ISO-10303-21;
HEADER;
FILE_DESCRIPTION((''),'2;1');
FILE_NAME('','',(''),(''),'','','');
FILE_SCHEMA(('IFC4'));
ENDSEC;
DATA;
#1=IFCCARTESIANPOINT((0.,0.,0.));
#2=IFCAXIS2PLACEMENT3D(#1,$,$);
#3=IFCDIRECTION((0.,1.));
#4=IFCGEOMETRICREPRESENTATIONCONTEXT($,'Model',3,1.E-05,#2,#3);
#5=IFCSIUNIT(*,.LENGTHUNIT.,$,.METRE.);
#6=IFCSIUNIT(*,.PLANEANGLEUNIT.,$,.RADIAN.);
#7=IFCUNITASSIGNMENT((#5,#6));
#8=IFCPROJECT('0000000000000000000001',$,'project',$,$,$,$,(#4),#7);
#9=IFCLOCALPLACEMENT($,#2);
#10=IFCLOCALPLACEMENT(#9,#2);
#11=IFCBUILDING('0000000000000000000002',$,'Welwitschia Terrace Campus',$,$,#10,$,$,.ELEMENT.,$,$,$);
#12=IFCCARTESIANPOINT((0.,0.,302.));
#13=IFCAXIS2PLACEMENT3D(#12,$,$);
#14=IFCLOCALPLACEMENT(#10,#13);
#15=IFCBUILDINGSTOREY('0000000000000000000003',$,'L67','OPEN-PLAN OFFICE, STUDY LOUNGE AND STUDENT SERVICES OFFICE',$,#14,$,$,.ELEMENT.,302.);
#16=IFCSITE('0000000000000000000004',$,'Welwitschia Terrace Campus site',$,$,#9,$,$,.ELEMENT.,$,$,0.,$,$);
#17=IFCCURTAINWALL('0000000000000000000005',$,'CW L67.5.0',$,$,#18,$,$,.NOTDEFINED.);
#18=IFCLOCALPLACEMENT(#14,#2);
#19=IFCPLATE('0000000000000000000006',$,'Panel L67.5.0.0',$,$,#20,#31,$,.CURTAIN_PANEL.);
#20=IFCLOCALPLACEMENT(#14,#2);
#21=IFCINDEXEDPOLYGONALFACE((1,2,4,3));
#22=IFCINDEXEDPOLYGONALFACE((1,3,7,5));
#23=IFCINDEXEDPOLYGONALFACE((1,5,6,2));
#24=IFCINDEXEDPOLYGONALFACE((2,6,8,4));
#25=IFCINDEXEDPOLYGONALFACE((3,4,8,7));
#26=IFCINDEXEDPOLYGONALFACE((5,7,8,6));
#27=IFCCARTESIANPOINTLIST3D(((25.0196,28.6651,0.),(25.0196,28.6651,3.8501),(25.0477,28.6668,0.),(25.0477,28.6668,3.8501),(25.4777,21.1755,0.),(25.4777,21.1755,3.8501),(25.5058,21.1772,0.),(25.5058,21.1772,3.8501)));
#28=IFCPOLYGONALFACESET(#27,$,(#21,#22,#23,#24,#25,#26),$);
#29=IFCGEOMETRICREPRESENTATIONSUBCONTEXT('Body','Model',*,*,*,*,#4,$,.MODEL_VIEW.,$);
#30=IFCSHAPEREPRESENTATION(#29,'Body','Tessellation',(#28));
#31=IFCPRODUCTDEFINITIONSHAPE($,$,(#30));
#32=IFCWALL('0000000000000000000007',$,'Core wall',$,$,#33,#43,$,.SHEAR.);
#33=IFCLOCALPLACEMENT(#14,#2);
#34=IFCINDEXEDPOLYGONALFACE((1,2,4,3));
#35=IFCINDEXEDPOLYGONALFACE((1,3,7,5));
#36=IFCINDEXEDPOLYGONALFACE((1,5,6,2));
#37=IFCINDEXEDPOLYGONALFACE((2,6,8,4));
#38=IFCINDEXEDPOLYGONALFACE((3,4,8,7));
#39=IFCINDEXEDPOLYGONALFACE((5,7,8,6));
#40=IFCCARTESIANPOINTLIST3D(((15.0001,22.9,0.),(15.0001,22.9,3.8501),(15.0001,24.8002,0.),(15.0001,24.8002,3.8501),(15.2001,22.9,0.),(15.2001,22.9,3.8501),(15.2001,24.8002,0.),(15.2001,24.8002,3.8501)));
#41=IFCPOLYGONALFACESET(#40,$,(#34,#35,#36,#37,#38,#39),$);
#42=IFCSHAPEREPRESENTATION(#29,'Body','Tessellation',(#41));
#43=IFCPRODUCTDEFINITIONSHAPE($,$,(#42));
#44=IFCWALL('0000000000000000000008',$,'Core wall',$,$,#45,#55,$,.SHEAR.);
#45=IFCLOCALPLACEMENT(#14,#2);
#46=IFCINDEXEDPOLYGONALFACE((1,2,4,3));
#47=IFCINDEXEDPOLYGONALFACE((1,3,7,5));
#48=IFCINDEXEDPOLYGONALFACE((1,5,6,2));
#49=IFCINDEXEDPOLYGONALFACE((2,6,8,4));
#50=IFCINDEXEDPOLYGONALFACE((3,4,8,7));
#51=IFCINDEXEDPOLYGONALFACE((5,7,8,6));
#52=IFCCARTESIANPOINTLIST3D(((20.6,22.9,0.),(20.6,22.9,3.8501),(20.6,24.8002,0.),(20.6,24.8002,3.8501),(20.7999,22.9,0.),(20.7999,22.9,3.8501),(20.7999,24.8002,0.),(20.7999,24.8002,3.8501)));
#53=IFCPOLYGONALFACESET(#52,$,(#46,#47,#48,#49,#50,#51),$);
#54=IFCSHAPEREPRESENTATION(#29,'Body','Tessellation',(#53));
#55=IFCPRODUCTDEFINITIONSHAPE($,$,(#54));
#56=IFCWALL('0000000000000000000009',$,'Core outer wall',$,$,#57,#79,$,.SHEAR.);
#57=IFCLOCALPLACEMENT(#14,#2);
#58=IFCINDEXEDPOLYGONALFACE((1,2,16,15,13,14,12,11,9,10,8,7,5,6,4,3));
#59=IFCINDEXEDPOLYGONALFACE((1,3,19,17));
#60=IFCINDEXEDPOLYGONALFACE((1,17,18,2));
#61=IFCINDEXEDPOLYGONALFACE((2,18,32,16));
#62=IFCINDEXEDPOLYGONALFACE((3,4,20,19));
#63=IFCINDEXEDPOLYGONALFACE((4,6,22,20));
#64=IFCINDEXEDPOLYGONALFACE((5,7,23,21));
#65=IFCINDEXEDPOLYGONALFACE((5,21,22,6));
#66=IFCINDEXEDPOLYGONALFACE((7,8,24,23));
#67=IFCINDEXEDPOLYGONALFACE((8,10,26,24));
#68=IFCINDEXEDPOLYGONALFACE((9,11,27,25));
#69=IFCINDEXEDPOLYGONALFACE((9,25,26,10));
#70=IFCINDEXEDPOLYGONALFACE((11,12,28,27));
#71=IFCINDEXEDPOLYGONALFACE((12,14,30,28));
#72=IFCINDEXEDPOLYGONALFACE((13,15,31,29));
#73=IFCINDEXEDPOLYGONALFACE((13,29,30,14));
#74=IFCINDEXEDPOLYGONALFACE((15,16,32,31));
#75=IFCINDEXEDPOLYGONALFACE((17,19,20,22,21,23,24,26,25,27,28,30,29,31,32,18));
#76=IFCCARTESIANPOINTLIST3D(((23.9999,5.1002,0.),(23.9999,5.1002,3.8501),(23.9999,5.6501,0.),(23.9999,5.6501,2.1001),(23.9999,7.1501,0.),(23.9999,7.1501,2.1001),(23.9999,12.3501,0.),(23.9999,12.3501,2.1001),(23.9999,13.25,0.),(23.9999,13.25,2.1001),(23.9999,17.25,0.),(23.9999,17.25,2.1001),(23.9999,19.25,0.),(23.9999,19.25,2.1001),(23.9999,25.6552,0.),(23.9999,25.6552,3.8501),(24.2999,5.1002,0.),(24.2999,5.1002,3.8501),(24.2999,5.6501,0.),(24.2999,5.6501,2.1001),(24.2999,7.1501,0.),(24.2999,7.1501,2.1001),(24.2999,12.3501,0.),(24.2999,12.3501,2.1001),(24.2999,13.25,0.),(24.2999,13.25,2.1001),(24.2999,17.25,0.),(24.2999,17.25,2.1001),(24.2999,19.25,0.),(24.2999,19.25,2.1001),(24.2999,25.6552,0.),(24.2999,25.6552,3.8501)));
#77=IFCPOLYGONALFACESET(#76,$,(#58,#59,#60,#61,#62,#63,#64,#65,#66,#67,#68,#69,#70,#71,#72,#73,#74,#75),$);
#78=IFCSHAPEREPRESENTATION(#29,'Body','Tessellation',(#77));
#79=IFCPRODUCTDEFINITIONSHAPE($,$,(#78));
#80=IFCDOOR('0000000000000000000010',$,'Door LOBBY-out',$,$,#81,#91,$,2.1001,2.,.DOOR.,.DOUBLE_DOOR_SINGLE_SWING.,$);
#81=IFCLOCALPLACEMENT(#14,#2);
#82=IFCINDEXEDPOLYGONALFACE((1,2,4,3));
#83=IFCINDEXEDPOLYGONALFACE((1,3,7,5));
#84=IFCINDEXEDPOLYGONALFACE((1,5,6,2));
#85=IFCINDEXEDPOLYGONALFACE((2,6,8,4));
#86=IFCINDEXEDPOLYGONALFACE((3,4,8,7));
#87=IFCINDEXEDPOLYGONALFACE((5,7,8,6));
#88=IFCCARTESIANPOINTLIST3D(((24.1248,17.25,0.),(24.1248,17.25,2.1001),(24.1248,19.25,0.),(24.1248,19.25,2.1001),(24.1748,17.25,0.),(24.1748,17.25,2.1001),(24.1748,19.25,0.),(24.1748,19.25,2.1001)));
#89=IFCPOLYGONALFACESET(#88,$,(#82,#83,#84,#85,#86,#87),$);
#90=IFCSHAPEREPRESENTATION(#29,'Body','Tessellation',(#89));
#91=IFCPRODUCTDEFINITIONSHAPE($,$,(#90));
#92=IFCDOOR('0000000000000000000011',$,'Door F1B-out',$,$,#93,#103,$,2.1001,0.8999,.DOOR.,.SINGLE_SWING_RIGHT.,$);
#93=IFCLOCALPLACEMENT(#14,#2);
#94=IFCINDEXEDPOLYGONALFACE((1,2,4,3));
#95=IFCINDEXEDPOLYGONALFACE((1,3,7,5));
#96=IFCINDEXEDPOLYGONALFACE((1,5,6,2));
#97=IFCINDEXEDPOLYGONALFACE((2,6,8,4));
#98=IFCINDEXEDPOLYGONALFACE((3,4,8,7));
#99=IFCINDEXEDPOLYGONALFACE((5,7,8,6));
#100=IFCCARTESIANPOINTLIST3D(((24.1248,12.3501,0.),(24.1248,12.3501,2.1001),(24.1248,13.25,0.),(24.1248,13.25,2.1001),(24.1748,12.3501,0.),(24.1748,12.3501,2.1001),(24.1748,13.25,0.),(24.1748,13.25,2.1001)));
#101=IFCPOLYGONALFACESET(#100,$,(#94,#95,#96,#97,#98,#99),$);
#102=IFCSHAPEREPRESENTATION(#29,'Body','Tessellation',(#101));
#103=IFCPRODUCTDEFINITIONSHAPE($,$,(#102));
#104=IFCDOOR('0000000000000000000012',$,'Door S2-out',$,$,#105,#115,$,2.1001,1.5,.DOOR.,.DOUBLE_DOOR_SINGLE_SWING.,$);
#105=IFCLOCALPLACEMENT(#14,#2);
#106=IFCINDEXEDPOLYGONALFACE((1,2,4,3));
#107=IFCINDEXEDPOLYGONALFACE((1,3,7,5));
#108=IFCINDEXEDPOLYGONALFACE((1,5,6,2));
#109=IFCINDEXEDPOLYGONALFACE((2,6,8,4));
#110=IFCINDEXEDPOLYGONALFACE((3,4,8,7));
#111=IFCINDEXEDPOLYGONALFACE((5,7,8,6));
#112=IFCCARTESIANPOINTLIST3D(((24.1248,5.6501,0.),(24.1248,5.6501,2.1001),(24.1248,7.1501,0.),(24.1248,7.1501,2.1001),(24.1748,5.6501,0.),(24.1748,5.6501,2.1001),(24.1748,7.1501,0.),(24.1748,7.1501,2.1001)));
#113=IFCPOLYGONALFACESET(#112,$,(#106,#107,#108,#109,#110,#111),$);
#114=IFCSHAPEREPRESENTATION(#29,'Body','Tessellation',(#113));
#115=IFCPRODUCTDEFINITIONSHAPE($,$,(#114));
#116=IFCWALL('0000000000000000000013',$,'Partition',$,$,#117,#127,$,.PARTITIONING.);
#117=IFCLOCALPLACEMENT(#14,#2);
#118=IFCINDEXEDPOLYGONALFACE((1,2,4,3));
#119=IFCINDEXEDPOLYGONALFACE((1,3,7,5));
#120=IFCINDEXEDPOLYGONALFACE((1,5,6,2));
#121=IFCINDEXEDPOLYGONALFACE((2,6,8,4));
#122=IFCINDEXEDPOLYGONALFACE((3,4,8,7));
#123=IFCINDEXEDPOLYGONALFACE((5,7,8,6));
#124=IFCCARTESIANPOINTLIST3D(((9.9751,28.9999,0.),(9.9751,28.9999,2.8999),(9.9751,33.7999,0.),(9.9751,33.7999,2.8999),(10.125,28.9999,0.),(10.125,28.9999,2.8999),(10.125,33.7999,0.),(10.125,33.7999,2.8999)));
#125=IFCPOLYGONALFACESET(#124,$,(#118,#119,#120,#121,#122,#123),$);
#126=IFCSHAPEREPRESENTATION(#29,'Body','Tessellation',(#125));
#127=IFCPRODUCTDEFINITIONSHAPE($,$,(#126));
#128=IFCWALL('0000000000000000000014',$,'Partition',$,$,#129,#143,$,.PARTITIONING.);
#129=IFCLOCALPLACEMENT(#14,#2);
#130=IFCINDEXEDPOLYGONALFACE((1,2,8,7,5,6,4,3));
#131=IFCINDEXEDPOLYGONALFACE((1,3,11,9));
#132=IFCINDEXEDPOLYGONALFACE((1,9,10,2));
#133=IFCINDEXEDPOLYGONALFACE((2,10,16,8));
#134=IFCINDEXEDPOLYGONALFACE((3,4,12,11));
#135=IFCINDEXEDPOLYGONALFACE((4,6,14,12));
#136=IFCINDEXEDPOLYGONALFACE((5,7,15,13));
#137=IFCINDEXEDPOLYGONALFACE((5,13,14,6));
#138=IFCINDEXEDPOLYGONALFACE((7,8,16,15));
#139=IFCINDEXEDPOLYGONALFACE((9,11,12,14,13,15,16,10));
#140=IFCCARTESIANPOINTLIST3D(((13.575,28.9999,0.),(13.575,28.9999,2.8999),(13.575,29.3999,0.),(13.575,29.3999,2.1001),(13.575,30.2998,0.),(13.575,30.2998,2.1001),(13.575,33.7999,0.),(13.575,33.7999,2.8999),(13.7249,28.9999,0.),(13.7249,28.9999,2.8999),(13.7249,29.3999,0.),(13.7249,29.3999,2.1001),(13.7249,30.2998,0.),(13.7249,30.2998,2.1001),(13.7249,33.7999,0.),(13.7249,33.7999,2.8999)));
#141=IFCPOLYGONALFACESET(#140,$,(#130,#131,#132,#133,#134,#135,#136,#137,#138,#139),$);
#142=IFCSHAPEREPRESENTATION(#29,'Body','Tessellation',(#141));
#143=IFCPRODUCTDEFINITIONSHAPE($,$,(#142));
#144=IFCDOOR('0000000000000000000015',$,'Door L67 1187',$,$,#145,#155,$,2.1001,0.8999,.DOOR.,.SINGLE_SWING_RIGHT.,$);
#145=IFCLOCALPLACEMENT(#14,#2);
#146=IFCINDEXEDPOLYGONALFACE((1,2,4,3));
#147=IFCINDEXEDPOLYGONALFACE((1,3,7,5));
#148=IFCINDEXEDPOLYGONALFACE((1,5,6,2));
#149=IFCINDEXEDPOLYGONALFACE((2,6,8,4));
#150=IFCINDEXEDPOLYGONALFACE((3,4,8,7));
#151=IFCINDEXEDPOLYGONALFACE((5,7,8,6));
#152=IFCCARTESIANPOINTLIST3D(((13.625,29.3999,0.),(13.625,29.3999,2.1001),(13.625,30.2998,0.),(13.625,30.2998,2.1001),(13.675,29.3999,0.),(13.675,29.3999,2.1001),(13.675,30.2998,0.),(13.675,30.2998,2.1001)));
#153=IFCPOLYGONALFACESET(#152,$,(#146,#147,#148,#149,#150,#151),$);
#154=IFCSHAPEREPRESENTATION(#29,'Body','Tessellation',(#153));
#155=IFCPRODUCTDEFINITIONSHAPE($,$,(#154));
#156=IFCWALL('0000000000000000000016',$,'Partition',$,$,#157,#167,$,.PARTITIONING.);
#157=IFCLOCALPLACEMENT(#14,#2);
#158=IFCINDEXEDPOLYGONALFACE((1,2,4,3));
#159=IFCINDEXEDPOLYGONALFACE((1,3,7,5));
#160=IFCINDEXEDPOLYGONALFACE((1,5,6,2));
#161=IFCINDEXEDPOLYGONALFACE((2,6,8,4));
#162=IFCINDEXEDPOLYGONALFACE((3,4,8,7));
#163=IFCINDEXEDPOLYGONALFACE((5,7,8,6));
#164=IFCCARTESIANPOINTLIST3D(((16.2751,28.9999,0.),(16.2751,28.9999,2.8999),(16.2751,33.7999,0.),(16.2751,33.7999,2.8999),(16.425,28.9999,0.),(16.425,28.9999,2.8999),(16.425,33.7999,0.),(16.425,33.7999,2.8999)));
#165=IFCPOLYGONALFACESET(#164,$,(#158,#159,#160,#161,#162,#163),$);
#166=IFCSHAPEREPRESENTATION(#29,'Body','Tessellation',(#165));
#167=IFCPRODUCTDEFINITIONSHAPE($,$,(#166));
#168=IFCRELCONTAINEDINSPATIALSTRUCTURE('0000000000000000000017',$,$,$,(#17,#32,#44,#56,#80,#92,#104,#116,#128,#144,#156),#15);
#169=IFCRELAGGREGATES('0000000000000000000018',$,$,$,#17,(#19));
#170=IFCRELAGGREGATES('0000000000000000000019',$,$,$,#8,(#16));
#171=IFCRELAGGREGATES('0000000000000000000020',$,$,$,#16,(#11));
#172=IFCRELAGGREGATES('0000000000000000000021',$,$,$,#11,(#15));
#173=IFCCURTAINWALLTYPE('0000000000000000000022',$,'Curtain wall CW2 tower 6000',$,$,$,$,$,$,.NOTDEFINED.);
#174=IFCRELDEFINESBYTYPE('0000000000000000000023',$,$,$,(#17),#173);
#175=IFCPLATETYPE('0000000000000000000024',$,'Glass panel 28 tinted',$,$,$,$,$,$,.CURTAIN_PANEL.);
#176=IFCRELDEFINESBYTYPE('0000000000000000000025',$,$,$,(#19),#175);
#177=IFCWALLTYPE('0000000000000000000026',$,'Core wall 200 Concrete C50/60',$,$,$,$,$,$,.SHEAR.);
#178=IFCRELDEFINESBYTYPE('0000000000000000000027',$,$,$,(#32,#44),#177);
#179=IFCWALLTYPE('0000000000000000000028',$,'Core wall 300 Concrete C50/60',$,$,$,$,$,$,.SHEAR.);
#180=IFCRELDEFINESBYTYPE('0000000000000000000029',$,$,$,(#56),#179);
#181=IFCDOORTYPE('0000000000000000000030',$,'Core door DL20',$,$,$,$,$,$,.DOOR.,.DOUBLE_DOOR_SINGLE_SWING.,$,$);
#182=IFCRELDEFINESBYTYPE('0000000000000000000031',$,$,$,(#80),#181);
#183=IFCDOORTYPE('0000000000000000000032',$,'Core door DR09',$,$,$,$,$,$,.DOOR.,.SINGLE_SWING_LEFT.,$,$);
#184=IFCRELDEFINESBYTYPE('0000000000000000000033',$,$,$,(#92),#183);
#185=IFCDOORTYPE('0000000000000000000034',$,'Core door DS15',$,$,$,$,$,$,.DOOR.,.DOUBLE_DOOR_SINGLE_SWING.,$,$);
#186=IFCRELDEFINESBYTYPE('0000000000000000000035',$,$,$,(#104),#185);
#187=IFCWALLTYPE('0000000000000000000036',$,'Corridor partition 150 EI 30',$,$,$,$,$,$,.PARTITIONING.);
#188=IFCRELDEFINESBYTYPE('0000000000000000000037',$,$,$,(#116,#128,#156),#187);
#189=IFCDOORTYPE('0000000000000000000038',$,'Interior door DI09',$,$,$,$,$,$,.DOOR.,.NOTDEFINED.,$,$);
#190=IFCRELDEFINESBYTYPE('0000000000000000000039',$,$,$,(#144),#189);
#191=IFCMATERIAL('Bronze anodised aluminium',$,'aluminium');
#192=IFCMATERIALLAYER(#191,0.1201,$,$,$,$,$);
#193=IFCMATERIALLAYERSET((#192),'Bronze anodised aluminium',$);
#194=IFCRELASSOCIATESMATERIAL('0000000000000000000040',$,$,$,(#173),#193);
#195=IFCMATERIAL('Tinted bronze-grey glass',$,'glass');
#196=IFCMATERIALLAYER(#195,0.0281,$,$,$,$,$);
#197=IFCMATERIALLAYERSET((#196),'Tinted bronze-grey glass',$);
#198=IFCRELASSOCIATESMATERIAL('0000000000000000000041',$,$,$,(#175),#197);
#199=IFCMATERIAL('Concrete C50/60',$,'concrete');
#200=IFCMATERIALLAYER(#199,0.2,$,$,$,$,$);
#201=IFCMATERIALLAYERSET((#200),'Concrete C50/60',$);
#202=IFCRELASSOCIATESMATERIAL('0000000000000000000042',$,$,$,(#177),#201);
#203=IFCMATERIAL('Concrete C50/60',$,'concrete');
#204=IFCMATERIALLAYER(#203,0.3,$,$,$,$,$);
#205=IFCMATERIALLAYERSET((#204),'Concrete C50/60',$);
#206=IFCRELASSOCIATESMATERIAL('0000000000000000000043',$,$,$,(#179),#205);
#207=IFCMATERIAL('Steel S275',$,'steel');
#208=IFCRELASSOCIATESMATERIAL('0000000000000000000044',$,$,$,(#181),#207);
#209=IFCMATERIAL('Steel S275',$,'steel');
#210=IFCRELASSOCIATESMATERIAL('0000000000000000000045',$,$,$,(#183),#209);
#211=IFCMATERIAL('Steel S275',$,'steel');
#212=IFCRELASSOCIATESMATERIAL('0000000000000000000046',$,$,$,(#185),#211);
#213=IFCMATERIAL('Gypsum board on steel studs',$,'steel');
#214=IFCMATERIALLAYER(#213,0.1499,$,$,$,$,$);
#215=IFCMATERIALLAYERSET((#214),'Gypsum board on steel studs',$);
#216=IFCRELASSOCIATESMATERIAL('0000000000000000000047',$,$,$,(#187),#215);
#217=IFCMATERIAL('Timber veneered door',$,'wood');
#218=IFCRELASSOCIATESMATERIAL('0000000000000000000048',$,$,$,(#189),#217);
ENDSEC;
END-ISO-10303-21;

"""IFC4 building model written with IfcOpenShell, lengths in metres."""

from ifc_helpers import new_model, si_unit, direction, frame, frame_2d, origin, origin_2d, place, context, subcontext, project, spatial, rectangle, extrude, material, layer, layer_set, type_object, element, fill, aggregate, save


model = new_model("IFC4")

# Units and contexts
model_context = context("Model", 3, precision=1e-05, world=origin(), true_north=direction((0.0, 1.0)))
body_context = subcontext(model_context, "Body", "Model", "MODEL_VIEW")
ifc_project = project(units=[si_unit("LENGTHUNIT", "METRE"), si_unit("PLANEANGLEUNIT", "RADIAN")], contexts=[model_context])

# Site, building, storey
site_placement = place(None, origin())
site = spatial("IfcSite", under=ifc_project, at=site_placement, Name="Welwitschia Terrace Campus site", CompositionType="ELEMENT", RefElevation=0.0)
building_placement = place(site_placement, origin())
building = spatial("IfcBuilding", under=site, at=building_placement, Name="Welwitschia Terrace Campus", CompositionType="ELEMENT")
storey_placement = place(building_placement, frame((0.0, 0.0, 302.0)))
storey = spatial("IfcBuildingStorey", under=building, at=storey_placement, Name="L67", Description="OPEN-PLAN OFFICE, STUDY LOUNGE AND STUDENT SERVICES OFFICE", CompositionType="ELEMENT", Elevation=302.0)

# Curtain wall
ifc_material_1 = material(Name="Bronze anodised aluminium", Category="aluminium")
ifc_layer_1 = layer(ifc_material_1, 0.1201)
ifc_layer_set_1 = layer_set([ifc_layer_1], Name="Bronze anodised aluminium")
curtain_wall_type = type_object("IfcCurtainWallType", Name="Curtain wall CW2 tower 6000", PredefinedType="NOTDEFINED", material=ifc_layer_set_1)
curtain_wall_1_placement = place(storey_placement, origin())
curtain_wall_1 = element("IfcCurtainWall", 1, at=curtain_wall_1_placement, inside=storey, type_object=curtain_wall_type, Name="CW L67.5.0", PredefinedType="NOTDEFINED")

# Plate
ifc_material_2 = material(Name="Tinted bronze-grey glass", Category="glass")
ifc_layer_2 = layer(ifc_material_2, 0.0281)
ifc_layer_set_2 = layer_set([ifc_layer_2], Name="Tinted bronze-grey glass")
plate_type = type_object("IfcPlateType", Name="Glass panel 28 tinted", PredefinedType="CURTAIN_PANEL", material=ifc_layer_set_2)
plate_placement = place(storey_placement, frame((25.2627, 24.9211, 0.0), z_axis=(0.0, 0.0, 1.0), x_axis=(-0.061049, 0.998135, 0.0)))
plate = element("IfcPlate", 2, at=plate_placement, type_object=plate_type, Name="Panel L67.5.0.0", PredefinedType="CURTAIN_PANEL", context=body_context, shape_type="SweptSolid", body=[
    extrude(rectangle(XDim=7.5037, YDim=0.0281, at=origin_2d()), origin(), (0.0, 0.0, 1.0), 3.8501),
])
aggregate(curtain_wall_1, [plate])

# Walls
ifc_material_3 = material(Name="Concrete C50/60", Category="concrete")
ifc_layer_3 = layer(ifc_material_3, 0.2)
ifc_layer_set_3 = layer_set([ifc_layer_3], Name="Concrete C50/60")
wall_type_1 = type_object("IfcWallType", Name="Core wall 200 Concrete C50/60", PredefinedType="SHEAR", material=ifc_layer_set_3)
for number, where, z_axis, x_axis, name in (
    (3, (15.1001, 22.8999, 0.0), (0.0, 0.0, 1.0), (0.0, 1.0, 0.0), "Core wall"),
    (4, (20.7, 22.8999, 0.0), (0.0, 0.0, 1.0), (0.0, 1.0, 0.0), "Core wall"),
):
    element("IfcWall", number, at=place(storey_placement, frame(where, z_axis=z_axis, x_axis=x_axis)), inside=storey, type_object=wall_type_1, Name=name, PredefinedType="SHEAR", context=body_context, shape_type="SweptSolid", body=[
        extrude(rectangle(XDim=1.9001, YDim=0.2, at=frame_2d((0.9502, 0.0))), origin(), (0.0, 0.0, 1.0), 3.8501),
    ])

# Wall, openings, doors
ifc_material_4 = material(Name="Concrete C50/60", Category="concrete")
ifc_layer_4 = layer(ifc_material_4, 0.3)
ifc_layer_set_4 = layer_set([ifc_layer_4], Name="Concrete C50/60")
wall_type_2 = type_object("IfcWallType", Name="Core wall 300 Concrete C50/60", PredefinedType="SHEAR", material=ifc_layer_set_4)
wall_1_placement = place(storey_placement, frame((24.1499, 25.655, 0.0), z_axis=(0.0, 0.0, 1.0), x_axis=(0.0, -1.0, 0.0)))
wall_1 = element("IfcWall", 5, at=wall_1_placement, inside=storey, type_object=wall_type_2, Name="Core outer wall", PredefinedType="SHEAR", context=body_context, shape_type="SweptSolid", body=[
    extrude(rectangle(XDim=20.5549, YDim=0.3, at=frame_2d((10.2773, 0.0))), origin(), (0.0, 0.0, 1.0), 3.8501),
])
opening_1_placement = place(wall_1_placement, frame((18.5049, 0.0, 0.0)))
opening_1 = element("IfcOpeningElement", 6, at=opening_1_placement, cuts=wall_1, PredefinedType="OPENING", context=body_context, shape_type="SweptSolid", body=[
    extrude(rectangle(XDim=1.5, YDim=2.1001, at=frame_2d((0.75, 1.05))), frame((0.0, 0.1599, 0.0), z_axis=(0.0, -1.0, 0.0), x_axis=(1.0, 0.0, 0.0)), (0.0, 0.0, 1.0), 0.3201),
])
opening_2_placement = place(wall_1_placement, frame((12.405, 0.0, 0.0)))
opening_2 = element("IfcOpeningElement", 7, at=opening_2_placement, cuts=wall_1, PredefinedType="OPENING", context=body_context, shape_type="SweptSolid", body=[
    extrude(rectangle(XDim=0.8999, YDim=2.1001, at=frame_2d((0.45, 1.05))), frame((0.0, 0.1599, 0.0), z_axis=(0.0, -1.0, 0.0), x_axis=(1.0, 0.0, 0.0)), (0.0, 0.0, 1.0), 0.3201),
])
opening_3_placement = place(wall_1_placement, frame((6.405, 0.0, 0.0)))
opening_3 = element("IfcOpeningElement", 8, at=opening_3_placement, cuts=wall_1, PredefinedType="OPENING", context=body_context, shape_type="SweptSolid", body=[
    extrude(rectangle(XDim=2.0, YDim=2.1001, at=frame_2d((1.0, 1.05))), frame((0.0, 0.1599, 0.0), z_axis=(0.0, -1.0, 0.0), x_axis=(1.0, 0.0, 0.0)), (0.0, 0.0, 1.0), 0.3201),
])
ifc_material_5 = material(Name="Steel S275", Category="steel")
door_type_1 = type_object("IfcDoorType", Name="Core door DL20", OperationType="DOUBLE_DOOR_SINGLE_SWING", PredefinedType="DOOR", material=ifc_material_5)
door_1_placement = place(opening_3_placement, origin())
door_1 = element("IfcDoor", 9, at=door_1_placement, inside=storey, type_object=door_type_1, Name="Door LOBBY-out", OperationType="DOUBLE_DOOR_SINGLE_SWING", OverallHeight=2.1001, OverallWidth=2.0, PredefinedType="DOOR", context=body_context, shape_type="SweptSolid", body=[
    extrude(rectangle(XDim=2.0, YDim=2.1001, at=frame_2d((1.0, 1.05))), frame((0.0, 0.0249, 0.0), z_axis=(0.0, -1.0, 0.0), x_axis=(1.0, 0.0, 0.0)), (0.0, 0.0, 1.0), 0.05),
])
fill(opening_3, door_1)
ifc_material_6 = material(Name="Steel S275", Category="steel")
door_type_2 = type_object("IfcDoorType", Name="Core door DR09", OperationType="SINGLE_SWING_LEFT", PredefinedType="DOOR", material=ifc_material_6)
door_2_placement = place(opening_2_placement, origin())
door_2 = element("IfcDoor", 10, at=door_2_placement, inside=storey, type_object=door_type_2, Name="Door F1B-out", OperationType="SINGLE_SWING_RIGHT", OverallHeight=2.1001, OverallWidth=0.8999, PredefinedType="DOOR", context=body_context, shape_type="SweptSolid", body=[
    extrude(rectangle(XDim=0.8999, YDim=2.1001, at=frame_2d((0.45, 1.05))), frame((0.0, 0.0249, 0.0), z_axis=(0.0, -1.0, 0.0), x_axis=(1.0, 0.0, 0.0)), (0.0, 0.0, 1.0), 0.05),
])
fill(opening_2, door_2)
ifc_material_7 = material(Name="Steel S275", Category="steel")
door_type_3 = type_object("IfcDoorType", Name="Core door DS15", OperationType="DOUBLE_DOOR_SINGLE_SWING", PredefinedType="DOOR", material=ifc_material_7)
door_3_placement = place(opening_1_placement, origin())
door_3 = element("IfcDoor", 11, at=door_3_placement, inside=storey, type_object=door_type_3, Name="Door S2-out", OperationType="DOUBLE_DOOR_SINGLE_SWING", OverallHeight=2.1001, OverallWidth=1.5, PredefinedType="DOOR", context=body_context, shape_type="SweptSolid", body=[
    extrude(rectangle(XDim=1.5, YDim=2.1001, at=frame_2d((0.75, 1.05))), frame((0.0, 0.0249, 0.0), z_axis=(0.0, -1.0, 0.0), x_axis=(1.0, 0.0, 0.0)), (0.0, 0.0, 1.0), 0.05),
])
fill(opening_1, door_3)

# Wall
ifc_material_8 = material(Name="Gypsum board on steel studs", Category="steel")
ifc_layer_5 = layer(ifc_material_8, 0.1499)
ifc_layer_set_5 = layer_set([ifc_layer_5], Name="Gypsum board on steel studs")
wall_type_3 = type_object("IfcWallType", Name="Corridor partition 150 EI 30", PredefinedType="PARTITIONING", material=ifc_layer_set_5)
wall_2_placement = place(storey_placement, frame((10.05, 29.0, 0.0), z_axis=(0.0, 0.0, 1.0), x_axis=(0.0, 1.0, 0.0)))
element("IfcWall", 12, at=wall_2_placement, inside=storey, type_object=wall_type_3, Name="Partition", PredefinedType="PARTITIONING", context=body_context, shape_type="SweptSolid", body=[
    extrude(rectangle(XDim=4.8, YDim=0.1499, at=frame_2d((2.3999, 0.0))), origin(), (0.0, 0.0, 1.0), 2.8999),
])

# Wall, opening, door
wall_3_placement = place(storey_placement, frame((13.6499, 29.0, 0.0), z_axis=(0.0, 0.0, 1.0), x_axis=(0.0, 1.0, 0.0)))
wall_3 = element("IfcWall", 13, at=wall_3_placement, inside=storey, type_object=wall_type_3, Name="Partition", PredefinedType="PARTITIONING", context=body_context, shape_type="SweptSolid", body=[
    extrude(rectangle(XDim=4.8, YDim=0.1499, at=frame_2d((2.3999, 0.0))), origin(), (0.0, 0.0, 1.0), 2.8999),
])
opening_4_placement = place(wall_3_placement, frame((0.3999, 0.0, 0.0)))
opening_4 = element("IfcOpeningElement", 14, at=opening_4_placement, cuts=wall_3, PredefinedType="OPENING", context=body_context, shape_type="SweptSolid", body=[
    extrude(rectangle(XDim=0.8999, YDim=2.1001, at=frame_2d((0.45, 1.05))), frame((0.0, 0.085, 0.0), z_axis=(0.0, -1.0, 0.0), x_axis=(1.0, 0.0, 0.0)), (0.0, 0.0, 1.0), 0.1699),
])
ifc_material_9 = material(Name="Timber veneered door", Category="wood")
door_type_4 = type_object("IfcDoorType", Name="Interior door DI09", OperationType="NOTDEFINED", PredefinedType="DOOR", material=ifc_material_9)
door_4_placement = place(opening_4_placement, origin())
door_4 = element("IfcDoor", 15, at=door_4_placement, inside=storey, type_object=door_type_4, Name="Door L67 1187", OperationType="SINGLE_SWING_RIGHT", OverallHeight=2.1001, OverallWidth=0.8999, PredefinedType="DOOR", context=body_context, shape_type="SweptSolid", body=[
    extrude(rectangle(XDim=0.8999, YDim=2.1001, at=frame_2d((0.45, 1.05))), frame((0.0, 0.0249, 0.0), z_axis=(0.0, -1.0, 0.0), x_axis=(1.0, 0.0, 0.0)), (0.0, 0.0, 1.0), 0.05),
])
fill(opening_4, door_4)

# Wall
wall_4_placement = place(storey_placement, frame((16.3501, 29.0, 0.0), z_axis=(0.0, 0.0, 1.0), x_axis=(0.0, 1.0, 0.0)))
element("IfcWall", 16, at=wall_4_placement, inside=storey, type_object=wall_type_3, Name="Partition", PredefinedType="PARTITIONING", context=body_context, shape_type="SweptSolid", body=[
    extrude(rectangle(XDim=4.8, YDim=0.1499, at=frame_2d((2.3999, 0.0))), origin(), (0.0, 0.0, 1.0), 2.8999),
])

save(model, "model.ifc")
